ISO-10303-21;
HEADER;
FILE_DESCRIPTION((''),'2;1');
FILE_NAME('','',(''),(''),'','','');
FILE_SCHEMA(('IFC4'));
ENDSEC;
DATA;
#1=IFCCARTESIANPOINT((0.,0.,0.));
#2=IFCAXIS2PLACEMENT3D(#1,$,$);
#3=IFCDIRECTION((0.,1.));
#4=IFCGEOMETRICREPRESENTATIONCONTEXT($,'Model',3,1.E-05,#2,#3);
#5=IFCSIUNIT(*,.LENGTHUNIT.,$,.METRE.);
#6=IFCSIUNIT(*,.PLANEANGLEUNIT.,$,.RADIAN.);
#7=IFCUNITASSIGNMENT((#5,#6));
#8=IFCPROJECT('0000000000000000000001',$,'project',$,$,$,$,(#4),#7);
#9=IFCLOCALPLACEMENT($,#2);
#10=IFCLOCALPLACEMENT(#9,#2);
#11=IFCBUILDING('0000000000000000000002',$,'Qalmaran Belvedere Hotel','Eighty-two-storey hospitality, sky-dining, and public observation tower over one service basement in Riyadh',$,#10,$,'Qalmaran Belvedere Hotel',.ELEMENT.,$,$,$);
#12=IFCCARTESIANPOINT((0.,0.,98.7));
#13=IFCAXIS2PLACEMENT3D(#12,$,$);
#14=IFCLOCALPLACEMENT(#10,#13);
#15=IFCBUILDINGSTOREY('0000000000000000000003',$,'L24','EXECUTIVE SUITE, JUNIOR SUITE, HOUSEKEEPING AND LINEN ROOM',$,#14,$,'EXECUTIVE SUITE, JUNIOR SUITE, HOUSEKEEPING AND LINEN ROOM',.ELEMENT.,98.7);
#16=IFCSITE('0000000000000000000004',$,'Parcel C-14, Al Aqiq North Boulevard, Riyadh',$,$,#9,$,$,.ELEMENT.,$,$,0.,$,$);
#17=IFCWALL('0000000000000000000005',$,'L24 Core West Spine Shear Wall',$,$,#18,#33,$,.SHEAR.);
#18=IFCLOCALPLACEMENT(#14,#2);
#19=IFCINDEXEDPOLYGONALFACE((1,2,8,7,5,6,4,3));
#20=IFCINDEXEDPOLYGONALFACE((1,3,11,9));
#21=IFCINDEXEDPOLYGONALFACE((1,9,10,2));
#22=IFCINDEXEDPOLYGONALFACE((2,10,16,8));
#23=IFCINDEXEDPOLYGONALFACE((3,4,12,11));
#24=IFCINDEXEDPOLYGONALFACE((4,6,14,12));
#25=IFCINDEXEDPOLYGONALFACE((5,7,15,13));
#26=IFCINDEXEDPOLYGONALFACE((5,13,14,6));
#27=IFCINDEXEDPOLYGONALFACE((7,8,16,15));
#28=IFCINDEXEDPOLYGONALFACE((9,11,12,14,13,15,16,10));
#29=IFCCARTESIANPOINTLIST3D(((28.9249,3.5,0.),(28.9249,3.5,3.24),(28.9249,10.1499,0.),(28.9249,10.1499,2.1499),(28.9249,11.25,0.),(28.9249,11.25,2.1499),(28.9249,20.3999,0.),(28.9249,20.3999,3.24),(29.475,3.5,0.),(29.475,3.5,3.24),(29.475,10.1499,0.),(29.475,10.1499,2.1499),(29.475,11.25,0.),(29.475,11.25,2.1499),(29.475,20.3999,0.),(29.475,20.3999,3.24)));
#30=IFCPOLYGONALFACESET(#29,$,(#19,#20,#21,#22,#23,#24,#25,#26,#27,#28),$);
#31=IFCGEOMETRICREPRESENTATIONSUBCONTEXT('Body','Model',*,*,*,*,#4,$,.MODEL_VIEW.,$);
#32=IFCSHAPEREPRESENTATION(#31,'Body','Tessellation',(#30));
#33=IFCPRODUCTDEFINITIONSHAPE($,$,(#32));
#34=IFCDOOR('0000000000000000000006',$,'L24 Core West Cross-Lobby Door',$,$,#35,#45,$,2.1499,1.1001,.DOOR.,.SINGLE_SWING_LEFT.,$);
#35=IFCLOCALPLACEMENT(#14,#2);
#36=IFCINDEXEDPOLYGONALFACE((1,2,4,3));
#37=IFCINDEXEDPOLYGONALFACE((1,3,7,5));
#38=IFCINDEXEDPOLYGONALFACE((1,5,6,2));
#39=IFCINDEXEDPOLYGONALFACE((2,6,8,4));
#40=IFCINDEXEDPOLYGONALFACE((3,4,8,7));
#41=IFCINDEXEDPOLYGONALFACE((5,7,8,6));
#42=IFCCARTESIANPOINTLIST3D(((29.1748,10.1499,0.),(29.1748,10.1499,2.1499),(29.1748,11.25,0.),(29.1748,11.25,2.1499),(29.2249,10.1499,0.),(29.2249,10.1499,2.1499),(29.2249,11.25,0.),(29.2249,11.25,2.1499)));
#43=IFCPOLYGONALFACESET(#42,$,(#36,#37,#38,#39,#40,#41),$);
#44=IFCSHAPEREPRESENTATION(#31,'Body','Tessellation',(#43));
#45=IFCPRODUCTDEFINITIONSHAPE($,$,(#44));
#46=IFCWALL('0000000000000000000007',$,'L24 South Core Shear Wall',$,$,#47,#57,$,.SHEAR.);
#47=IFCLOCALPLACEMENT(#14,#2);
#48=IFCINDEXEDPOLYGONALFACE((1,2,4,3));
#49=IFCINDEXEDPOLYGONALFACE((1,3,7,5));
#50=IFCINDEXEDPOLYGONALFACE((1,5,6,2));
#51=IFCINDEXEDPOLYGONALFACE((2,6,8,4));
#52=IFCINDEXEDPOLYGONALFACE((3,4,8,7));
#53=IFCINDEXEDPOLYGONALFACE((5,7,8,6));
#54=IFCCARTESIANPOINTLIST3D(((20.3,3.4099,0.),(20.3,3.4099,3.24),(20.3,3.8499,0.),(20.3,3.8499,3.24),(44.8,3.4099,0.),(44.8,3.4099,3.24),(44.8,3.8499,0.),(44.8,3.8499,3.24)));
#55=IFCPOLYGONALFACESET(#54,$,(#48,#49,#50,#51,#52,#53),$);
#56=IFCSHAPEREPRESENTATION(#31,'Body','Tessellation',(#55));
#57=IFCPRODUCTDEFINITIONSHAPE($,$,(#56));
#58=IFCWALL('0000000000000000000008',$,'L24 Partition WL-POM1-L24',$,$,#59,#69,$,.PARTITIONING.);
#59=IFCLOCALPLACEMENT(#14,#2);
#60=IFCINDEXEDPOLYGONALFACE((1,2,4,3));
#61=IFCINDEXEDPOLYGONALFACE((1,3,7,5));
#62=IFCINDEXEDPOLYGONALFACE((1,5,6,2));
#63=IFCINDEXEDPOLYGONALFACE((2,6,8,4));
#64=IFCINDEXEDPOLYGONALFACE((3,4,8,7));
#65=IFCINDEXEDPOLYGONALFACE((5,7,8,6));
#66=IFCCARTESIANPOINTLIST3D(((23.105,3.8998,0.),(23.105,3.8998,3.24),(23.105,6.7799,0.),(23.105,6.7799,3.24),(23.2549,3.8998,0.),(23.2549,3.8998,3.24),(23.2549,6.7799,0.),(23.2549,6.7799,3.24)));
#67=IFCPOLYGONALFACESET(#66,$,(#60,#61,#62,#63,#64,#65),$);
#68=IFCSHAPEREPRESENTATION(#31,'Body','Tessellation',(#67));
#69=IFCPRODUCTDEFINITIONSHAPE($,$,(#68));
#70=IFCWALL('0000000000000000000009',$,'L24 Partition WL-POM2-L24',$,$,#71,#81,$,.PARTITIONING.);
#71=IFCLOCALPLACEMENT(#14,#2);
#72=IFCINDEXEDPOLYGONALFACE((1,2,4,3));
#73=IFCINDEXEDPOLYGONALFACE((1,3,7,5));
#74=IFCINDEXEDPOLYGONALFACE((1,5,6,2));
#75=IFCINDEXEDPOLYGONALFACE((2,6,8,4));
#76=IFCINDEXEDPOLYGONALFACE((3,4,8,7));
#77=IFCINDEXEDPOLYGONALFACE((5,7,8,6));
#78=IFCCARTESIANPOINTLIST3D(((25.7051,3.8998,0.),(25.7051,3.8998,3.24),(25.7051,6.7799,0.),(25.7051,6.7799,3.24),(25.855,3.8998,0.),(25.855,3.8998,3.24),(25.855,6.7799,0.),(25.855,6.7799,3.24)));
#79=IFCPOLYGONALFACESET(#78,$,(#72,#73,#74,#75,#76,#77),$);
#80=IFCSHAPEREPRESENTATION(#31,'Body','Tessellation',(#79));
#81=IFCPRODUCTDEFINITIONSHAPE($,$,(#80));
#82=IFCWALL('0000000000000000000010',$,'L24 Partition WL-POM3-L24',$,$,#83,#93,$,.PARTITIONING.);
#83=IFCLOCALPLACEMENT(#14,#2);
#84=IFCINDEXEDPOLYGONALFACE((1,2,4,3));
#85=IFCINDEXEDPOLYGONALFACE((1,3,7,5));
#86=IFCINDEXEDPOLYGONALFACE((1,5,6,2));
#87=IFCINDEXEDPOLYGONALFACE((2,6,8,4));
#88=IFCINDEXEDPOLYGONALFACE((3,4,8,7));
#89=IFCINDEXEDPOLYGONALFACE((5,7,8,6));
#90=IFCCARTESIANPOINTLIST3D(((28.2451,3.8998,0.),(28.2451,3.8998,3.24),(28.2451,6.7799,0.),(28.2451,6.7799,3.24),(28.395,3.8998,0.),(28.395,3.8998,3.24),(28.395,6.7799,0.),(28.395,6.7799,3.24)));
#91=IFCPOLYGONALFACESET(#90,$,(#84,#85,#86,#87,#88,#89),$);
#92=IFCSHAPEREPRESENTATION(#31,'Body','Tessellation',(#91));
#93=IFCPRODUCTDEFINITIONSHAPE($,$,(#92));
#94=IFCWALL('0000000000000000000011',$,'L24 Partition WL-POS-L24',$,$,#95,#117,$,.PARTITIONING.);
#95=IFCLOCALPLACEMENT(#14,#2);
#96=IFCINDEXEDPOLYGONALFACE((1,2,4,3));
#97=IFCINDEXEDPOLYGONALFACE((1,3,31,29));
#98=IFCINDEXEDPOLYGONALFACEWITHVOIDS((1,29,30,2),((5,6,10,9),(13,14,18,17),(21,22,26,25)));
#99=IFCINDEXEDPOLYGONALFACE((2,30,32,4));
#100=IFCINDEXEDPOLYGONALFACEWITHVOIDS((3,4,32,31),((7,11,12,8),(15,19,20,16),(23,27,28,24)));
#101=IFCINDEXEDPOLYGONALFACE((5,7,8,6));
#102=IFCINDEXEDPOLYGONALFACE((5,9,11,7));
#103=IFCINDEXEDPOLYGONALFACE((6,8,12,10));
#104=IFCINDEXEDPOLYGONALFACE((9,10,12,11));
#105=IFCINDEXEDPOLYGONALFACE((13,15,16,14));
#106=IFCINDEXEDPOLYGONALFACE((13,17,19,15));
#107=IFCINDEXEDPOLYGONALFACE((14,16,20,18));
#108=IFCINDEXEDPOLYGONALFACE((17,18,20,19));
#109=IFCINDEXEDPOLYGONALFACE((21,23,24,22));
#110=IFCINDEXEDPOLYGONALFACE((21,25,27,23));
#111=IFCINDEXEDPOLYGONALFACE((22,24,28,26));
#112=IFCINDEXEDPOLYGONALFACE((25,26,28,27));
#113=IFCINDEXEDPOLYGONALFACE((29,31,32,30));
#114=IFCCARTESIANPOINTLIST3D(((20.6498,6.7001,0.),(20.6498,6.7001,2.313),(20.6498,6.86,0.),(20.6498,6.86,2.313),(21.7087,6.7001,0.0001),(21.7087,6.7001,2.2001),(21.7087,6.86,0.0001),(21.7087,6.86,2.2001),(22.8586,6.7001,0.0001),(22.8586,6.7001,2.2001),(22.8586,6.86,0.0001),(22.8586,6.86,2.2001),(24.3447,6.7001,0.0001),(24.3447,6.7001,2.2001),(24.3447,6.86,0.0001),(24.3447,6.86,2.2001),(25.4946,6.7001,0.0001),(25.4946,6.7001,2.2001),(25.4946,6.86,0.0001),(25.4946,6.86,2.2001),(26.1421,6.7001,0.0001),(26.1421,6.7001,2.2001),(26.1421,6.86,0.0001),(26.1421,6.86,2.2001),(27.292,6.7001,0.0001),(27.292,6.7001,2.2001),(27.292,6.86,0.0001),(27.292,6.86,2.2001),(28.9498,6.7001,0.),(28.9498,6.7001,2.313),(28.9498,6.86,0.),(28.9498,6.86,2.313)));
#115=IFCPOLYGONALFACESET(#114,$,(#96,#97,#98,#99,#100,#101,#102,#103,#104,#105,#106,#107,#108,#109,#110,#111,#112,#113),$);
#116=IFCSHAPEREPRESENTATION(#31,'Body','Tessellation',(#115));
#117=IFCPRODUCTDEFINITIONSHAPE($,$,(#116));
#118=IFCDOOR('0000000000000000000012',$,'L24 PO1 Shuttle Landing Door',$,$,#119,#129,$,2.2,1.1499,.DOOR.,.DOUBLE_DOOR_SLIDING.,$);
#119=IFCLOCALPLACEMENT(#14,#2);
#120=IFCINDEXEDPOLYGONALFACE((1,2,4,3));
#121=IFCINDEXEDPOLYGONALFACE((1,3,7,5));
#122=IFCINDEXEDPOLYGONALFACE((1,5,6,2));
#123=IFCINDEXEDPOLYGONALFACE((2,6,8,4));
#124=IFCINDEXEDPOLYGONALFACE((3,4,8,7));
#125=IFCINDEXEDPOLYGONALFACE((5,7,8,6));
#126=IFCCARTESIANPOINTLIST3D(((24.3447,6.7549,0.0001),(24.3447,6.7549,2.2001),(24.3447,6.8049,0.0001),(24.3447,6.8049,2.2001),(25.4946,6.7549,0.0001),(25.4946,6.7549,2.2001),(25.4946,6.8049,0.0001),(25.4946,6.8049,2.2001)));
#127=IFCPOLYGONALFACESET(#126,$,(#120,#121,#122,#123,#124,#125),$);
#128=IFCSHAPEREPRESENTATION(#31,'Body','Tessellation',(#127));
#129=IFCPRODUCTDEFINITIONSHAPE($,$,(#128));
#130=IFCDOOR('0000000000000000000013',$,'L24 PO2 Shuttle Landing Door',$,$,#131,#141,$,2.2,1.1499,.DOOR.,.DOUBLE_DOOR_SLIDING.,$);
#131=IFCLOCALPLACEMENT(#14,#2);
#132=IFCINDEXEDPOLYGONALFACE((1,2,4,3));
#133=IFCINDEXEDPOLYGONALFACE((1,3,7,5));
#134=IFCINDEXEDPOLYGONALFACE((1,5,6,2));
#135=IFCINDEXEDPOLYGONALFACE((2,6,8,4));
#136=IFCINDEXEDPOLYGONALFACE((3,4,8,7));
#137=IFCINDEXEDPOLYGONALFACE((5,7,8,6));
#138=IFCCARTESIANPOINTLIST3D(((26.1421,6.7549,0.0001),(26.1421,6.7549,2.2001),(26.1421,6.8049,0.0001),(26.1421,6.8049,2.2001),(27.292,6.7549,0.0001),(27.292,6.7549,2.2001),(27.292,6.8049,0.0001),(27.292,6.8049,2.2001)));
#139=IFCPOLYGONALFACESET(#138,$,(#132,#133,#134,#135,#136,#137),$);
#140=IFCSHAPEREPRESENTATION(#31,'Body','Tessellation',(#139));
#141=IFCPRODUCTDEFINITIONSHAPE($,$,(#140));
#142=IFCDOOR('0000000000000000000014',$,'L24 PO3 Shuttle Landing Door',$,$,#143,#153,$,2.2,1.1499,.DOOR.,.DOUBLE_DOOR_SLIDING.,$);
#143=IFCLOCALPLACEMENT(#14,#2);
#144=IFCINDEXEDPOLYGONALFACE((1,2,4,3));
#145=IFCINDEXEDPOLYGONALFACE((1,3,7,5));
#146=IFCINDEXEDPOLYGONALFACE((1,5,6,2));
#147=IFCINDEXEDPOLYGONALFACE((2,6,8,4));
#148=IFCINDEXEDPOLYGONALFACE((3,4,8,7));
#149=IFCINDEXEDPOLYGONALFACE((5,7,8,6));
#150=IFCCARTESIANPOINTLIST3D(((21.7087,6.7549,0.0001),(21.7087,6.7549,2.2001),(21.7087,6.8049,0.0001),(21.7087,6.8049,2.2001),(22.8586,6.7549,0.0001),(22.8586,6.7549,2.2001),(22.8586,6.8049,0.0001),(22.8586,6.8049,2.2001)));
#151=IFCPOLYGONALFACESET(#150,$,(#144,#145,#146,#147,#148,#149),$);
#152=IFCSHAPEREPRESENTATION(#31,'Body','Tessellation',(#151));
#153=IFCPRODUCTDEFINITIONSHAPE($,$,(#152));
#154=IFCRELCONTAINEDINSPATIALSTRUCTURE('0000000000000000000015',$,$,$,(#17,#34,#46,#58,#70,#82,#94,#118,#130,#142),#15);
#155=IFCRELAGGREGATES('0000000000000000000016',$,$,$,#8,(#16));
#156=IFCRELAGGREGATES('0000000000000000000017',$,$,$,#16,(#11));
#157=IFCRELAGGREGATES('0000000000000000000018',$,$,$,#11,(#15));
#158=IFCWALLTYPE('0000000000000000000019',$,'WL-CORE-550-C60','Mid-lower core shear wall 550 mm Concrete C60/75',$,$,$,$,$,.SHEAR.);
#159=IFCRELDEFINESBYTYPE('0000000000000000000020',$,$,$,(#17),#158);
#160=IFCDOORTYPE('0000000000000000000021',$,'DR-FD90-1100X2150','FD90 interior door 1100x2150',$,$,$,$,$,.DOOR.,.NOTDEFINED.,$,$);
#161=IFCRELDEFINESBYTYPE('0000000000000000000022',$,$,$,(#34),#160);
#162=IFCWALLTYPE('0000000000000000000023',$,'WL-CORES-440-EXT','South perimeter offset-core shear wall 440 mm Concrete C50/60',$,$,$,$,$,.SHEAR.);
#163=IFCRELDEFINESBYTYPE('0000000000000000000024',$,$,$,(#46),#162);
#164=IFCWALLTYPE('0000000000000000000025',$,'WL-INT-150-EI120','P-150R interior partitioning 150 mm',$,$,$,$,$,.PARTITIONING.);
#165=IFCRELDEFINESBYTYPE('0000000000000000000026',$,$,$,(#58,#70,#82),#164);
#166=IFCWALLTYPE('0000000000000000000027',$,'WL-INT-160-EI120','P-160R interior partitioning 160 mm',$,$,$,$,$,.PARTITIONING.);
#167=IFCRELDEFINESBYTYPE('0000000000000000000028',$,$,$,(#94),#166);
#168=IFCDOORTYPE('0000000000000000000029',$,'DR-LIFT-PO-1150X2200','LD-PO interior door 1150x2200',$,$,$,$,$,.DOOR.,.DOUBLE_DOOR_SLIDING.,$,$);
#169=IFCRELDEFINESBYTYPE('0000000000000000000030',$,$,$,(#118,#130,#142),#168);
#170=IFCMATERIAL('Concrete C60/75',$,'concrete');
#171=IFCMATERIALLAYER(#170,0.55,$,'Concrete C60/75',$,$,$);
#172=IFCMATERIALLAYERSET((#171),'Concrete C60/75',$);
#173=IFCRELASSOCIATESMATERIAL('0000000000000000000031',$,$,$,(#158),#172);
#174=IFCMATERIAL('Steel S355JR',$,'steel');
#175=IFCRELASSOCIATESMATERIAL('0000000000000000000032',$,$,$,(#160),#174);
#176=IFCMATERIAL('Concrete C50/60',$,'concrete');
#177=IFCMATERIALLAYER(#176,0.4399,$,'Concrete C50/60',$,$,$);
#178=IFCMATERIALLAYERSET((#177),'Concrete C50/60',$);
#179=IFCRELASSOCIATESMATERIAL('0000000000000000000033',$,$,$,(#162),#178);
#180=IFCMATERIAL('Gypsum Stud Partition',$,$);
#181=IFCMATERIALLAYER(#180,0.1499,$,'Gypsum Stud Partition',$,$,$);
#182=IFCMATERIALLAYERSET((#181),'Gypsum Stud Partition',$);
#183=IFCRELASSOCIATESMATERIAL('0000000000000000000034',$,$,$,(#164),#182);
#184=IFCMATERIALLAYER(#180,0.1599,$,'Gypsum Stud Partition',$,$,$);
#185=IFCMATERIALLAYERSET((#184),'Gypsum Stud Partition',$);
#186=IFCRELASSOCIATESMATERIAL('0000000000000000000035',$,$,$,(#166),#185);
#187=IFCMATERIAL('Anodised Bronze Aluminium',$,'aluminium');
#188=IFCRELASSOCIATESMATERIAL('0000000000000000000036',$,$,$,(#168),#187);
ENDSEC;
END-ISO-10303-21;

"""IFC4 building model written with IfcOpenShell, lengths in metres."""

from ifc_helpers import new_model, si_unit, direction, frame, frame_2d, origin, place, context, subcontext, project, spatial, rectangle, extrude, material, layer, layer_set, type_object, element, fill, save


model = new_model("IFC4")

# Units and contexts
model_context = context("Model", 3, precision=1e-05, world=origin(), true_north=direction((0.0, 1.0)))
body_context = subcontext(model_context, "Body", "Model", "MODEL_VIEW")
ifc_project = project(units=[si_unit("LENGTHUNIT", "METRE"), si_unit("PLANEANGLEUNIT", "RADIAN")], contexts=[model_context])

# Site, building, storey
site_placement = place(None, origin())
site = spatial("IfcSite", under=ifc_project, at=site_placement, Name="Parcel C-14, Al Aqiq North Boulevard, Riyadh", CompositionType="ELEMENT", RefElevation=0.0)
building_placement = place(site_placement, origin())
building = spatial("IfcBuilding", under=site, at=building_placement, Name="Qalmaran Belvedere Hotel", Description="Eighty-two-storey hospitality, sky-dining, and public observation tower over one service basement in Riyadh", LongName="Qalmaran Belvedere Hotel", CompositionType="ELEMENT")
storey_placement = place(building_placement, frame((0.0, 0.0, 98.7)))
storey = spatial("IfcBuildingStorey", under=building, at=storey_placement, Name="L24", Description="EXECUTIVE SUITE, JUNIOR SUITE, HOUSEKEEPING AND LINEN ROOM", LongName="EXECUTIVE SUITE, JUNIOR SUITE, HOUSEKEEPING AND LINEN ROOM", CompositionType="ELEMENT", Elevation=98.7)

# Shared definitions
ifc_material_1 = material(Name="Concrete C60/75", Category="concrete")

# Shared definitions
ifc_material_2 = material(Name="Steel S355JR", Category="steel")

# Shared definitions
ifc_material_3 = material(Name="Anodised Bronze Aluminium", Category="aluminium")

# Shared definitions
ifc_layer_1 = layer(ifc_material_1, 0.55, Name="Concrete C60/75")
ifc_layer_set_1 = layer_set([ifc_layer_1], Name="Concrete C60/75")
wall_type_1 = type_object("IfcWallType", Name="WL-CORE-550-C60", Description="Mid-lower core shear wall 550 mm Concrete C60/75", PredefinedType="SHEAR", material=ifc_layer_set_1)

# Wall, opening, door
wall_1_placement = place(storey_placement, frame((29.2, 3.5, 0.0), z_axis=(0.0, 0.0, 1.0), x_axis=(0.0, 1.0, 0.0)))
wall_1 = element("IfcWall", 1, at=wall_1_placement, inside=storey, type_object=wall_type_1, Name="L24 Core West Spine Shear Wall", PredefinedType="SHEAR", context=body_context, shape_type="SweptSolid", body=[
    extrude(rectangle(XDim=16.8999, YDim=0.55, at=frame_2d((8.45, 0.0))), origin(), (0.0, 0.0, 1.0), 3.24),
])
opening_1_placement = place(wall_1_placement, frame((7.75, 0.0, 0.0), z_axis=(0.0, 0.0, 1.0), x_axis=(-1.0, 0.0, 0.0)))
opening_1 = element("IfcOpeningElement", 2, at=opening_1_placement, cuts=wall_1, PredefinedType="OPENING", context=body_context, shape_type="SweptSolid", body=[
    extrude(rectangle(XDim=1.1001, YDim=2.1499, at=frame_2d((0.55, 1.075))), frame((0.0, 0.2852, 0.0), z_axis=(0.0, -1.0, 0.0), x_axis=(1.0, 0.0, 0.0)), (0.0, 0.0, 1.0), 0.5701),
])
door_type_1 = type_object("IfcDoorType", Name="DR-FD90-1100X2150", Description="FD90 interior door 1100x2150", OperationType="NOTDEFINED", PredefinedType="DOOR", material=ifc_material_2)
door_1_placement = place(opening_1_placement, origin())
door_1 = element("IfcDoor", 3, at=door_1_placement, inside=storey, type_object=door_type_1, Name="L24 Core West Cross-Lobby Door", OperationType="SINGLE_SWING_LEFT", OverallHeight=2.1499, OverallWidth=1.1001, PredefinedType="DOOR", context=body_context, shape_type="SweptSolid", body=[
    extrude(rectangle(XDim=1.1001, YDim=2.1499, at=frame_2d((0.55, 1.075))), frame((0.0, 0.0249, 0.0), z_axis=(0.0, -1.0, 0.0), x_axis=(1.0, 0.0, 0.0)), (0.0, 0.0, 1.0), 0.05),
])
fill(opening_1, door_1)

# Walls
ifc_material_4 = material(Name="Concrete C50/60", Category="concrete")
ifc_layer_2 = layer(ifc_material_4, 0.4399, Name="Concrete C50/60")
ifc_layer_set_2 = layer_set([ifc_layer_2], Name="Concrete C50/60")
wall_type_2 = type_object("IfcWallType", Name="WL-CORES-440-EXT", Description="South perimeter offset-core shear wall 440 mm Concrete C50/60", PredefinedType="SHEAR", material=ifc_layer_set_2)
wall_2_placement = place(storey_placement, frame((20.3, 3.6299, 0.0), z_axis=(0.0, 0.0, 1.0), x_axis=(1.0, 0.0, 0.0)))
element("IfcWall", 4, at=wall_2_placement, inside=storey, type_object=wall_type_2, Name="L24 South Core Shear Wall", PredefinedType="SHEAR", context=body_context, shape_type="SweptSolid", body=[
    extrude(rectangle(XDim=24.5, YDim=0.4399, at=frame_2d((12.25, 0.0))), origin(), (0.0, 0.0, 1.0), 3.24),
])
ifc_material_5 = material(Name="Gypsum Stud Partition")
ifc_layer_3 = layer(ifc_material_5, 0.1499, Name="Gypsum Stud Partition")
ifc_layer_set_3 = layer_set([ifc_layer_3], Name="Gypsum Stud Partition")
wall_type_3 = type_object("IfcWallType", Name="WL-INT-150-EI120", Description="P-150R interior partitioning 150 mm", PredefinedType="PARTITIONING", material=ifc_layer_set_3)
for number, where, z_axis, x_axis, name in (
    (5, (23.1799, 3.8999, 0.0), (0.0, 0.0, 1.0), (0.0, 1.0, 0.0), "L24 Partition WL-POM1-L24"),
    (6, (25.78, 3.8999, 0.0), (0.0, 0.0, 1.0), (0.0, 1.0, 0.0), "L24 Partition WL-POM2-L24"),
    (7, (28.3201, 3.8999, 0.0), (0.0, 0.0, 1.0), (0.0, 1.0, 0.0), "L24 Partition WL-POM3-L24"),
):
    element("IfcWall", number, at=place(storey_placement, frame(where, z_axis=z_axis, x_axis=x_axis)), inside=storey, type_object=wall_type_3, Name=name, PredefinedType="PARTITIONING", context=body_context, shape_type="SweptSolid", body=[
        extrude(rectangle(XDim=2.8801, YDim=0.1499, at=frame_2d((1.4399, 0.0))), origin(), (0.0, 0.0, 1.0), 3.24),
    ])

# Wall, openings, doors
ifc_layer_4 = layer(ifc_material_5, 0.1599, Name="Gypsum Stud Partition")
ifc_layer_set_4 = layer_set([ifc_layer_4], Name="Gypsum Stud Partition")
wall_type_4 = type_object("IfcWallType", Name="WL-INT-160-EI120", Description="P-160R interior partitioning 160 mm", PredefinedType="PARTITIONING", material=ifc_layer_set_4)
wall_3_placement = place(storey_placement, frame((20.6499, 6.78, 0.0), z_axis=(0.0, 0.0, 1.0), x_axis=(1.0, 0.0, 0.0)))
wall_3 = element("IfcWall", 8, at=wall_3_placement, inside=storey, type_object=wall_type_4, Name="L24 Partition WL-POS-L24", PredefinedType="PARTITIONING", context=body_context, shape_type="SweptSolid", body=[
    extrude(rectangle(XDim=8.3, YDim=0.1599, at=frame_2d((4.1499, 0.0))), origin(), (0.0, 0.0, 1.0), 2.313),
])
opening_2_placement = place(wall_3_placement, frame((3.6948, 0.0, 0.0)))
opening_2 = element("IfcOpeningElement", 9, at=opening_2_placement, cuts=wall_3, PredefinedType="OPENING", context=body_context, shape_type="SweptSolid", body=[
    extrude(rectangle(XDim=1.1499, YDim=2.2, at=frame_2d((0.575, 1.1001))), frame((0.0, 0.0898, 0.0), z_axis=(0.0, -1.0, 0.0), x_axis=(1.0, 0.0, 0.0)), (0.0, 0.0, 1.0), 0.1799),
])
opening_3_placement = place(wall_3_placement, frame((5.4922, 0.0, 0.0)))
opening_3 = element("IfcOpeningElement", 10, at=opening_3_placement, cuts=wall_3, PredefinedType="OPENING", context=body_context, shape_type="SweptSolid", body=[
    extrude(rectangle(XDim=1.1499, YDim=2.2, at=frame_2d((0.575, 1.1001))), frame((0.0, 0.0898, 0.0), z_axis=(0.0, -1.0, 0.0), x_axis=(1.0, 0.0, 0.0)), (0.0, 0.0, 1.0), 0.1799),
])
opening_4_placement = place(wall_3_placement, frame((1.0588, 0.0, 0.0)))
opening_4 = element("IfcOpeningElement", 11, at=opening_4_placement, cuts=wall_3, PredefinedType="OPENING", context=body_context, shape_type="SweptSolid", body=[
    extrude(rectangle(XDim=1.1499, YDim=2.2, at=frame_2d((0.575, 1.1001))), frame((0.0, 0.0898, 0.0), z_axis=(0.0, -1.0, 0.0), x_axis=(1.0, 0.0, 0.0)), (0.0, 0.0, 1.0), 0.1799),
])
door_type_2 = type_object("IfcDoorType", Name="DR-LIFT-PO-1150X2200", Description="LD-PO interior door 1150x2200", OperationType="DOUBLE_DOOR_SLIDING", PredefinedType="DOOR", material=ifc_material_3)
door_2_placement = place(opening_2_placement, origin())
door_2 = element("IfcDoor", 12, at=door_2_placement, inside=storey, type_object=door_type_2, Name="L24 PO1 Shuttle Landing Door", OperationType="DOUBLE_DOOR_SLIDING", OverallHeight=2.2, OverallWidth=1.1499, PredefinedType="DOOR", context=body_context, shape_type="SweptSolid", body=[
    extrude(rectangle(XDim=1.1499, YDim=2.2, at=frame_2d((0.575, 1.1001))), frame((0.0, 0.0249, 0.0), z_axis=(0.0, -1.0, 0.0), x_axis=(1.0, 0.0, 0.0)), (0.0, 0.0, 1.0), 0.05),
])
fill(opening_2, door_2)
door_3_placement = place(opening_3_placement, origin())
door_3 = element("IfcDoor", 13, at=door_3_placement, inside=storey, type_object=door_type_2, Name="L24 PO2 Shuttle Landing Door", OperationType="DOUBLE_DOOR_SLIDING", OverallHeight=2.2, OverallWidth=1.1499, PredefinedType="DOOR", context=body_context, shape_type="SweptSolid", body=[
    extrude(rectangle(XDim=1.1499, YDim=2.2, at=frame_2d((0.575, 1.1001))), frame((0.0, 0.0249, 0.0), z_axis=(0.0, -1.0, 0.0), x_axis=(1.0, 0.0, 0.0)), (0.0, 0.0, 1.0), 0.05),
])
fill(opening_3, door_3)
door_4_placement = place(opening_4_placement, origin())
door_4 = element("IfcDoor", 14, at=door_4_placement, inside=storey, type_object=door_type_2, Name="L24 PO3 Shuttle Landing Door", OperationType="DOUBLE_DOOR_SLIDING", OverallHeight=2.2, OverallWidth=1.1499, PredefinedType="DOOR", context=body_context, shape_type="SweptSolid", body=[
    extrude(rectangle(XDim=1.1499, YDim=2.2, at=frame_2d((0.575, 1.1001))), frame((0.0, 0.0249, 0.0), z_axis=(0.0, -1.0, 0.0), x_axis=(1.0, 0.0, 0.0)), (0.0, 0.0, 1.0), 0.05),
])
fill(opening_4, door_4)

save(model, "model.ifc")
